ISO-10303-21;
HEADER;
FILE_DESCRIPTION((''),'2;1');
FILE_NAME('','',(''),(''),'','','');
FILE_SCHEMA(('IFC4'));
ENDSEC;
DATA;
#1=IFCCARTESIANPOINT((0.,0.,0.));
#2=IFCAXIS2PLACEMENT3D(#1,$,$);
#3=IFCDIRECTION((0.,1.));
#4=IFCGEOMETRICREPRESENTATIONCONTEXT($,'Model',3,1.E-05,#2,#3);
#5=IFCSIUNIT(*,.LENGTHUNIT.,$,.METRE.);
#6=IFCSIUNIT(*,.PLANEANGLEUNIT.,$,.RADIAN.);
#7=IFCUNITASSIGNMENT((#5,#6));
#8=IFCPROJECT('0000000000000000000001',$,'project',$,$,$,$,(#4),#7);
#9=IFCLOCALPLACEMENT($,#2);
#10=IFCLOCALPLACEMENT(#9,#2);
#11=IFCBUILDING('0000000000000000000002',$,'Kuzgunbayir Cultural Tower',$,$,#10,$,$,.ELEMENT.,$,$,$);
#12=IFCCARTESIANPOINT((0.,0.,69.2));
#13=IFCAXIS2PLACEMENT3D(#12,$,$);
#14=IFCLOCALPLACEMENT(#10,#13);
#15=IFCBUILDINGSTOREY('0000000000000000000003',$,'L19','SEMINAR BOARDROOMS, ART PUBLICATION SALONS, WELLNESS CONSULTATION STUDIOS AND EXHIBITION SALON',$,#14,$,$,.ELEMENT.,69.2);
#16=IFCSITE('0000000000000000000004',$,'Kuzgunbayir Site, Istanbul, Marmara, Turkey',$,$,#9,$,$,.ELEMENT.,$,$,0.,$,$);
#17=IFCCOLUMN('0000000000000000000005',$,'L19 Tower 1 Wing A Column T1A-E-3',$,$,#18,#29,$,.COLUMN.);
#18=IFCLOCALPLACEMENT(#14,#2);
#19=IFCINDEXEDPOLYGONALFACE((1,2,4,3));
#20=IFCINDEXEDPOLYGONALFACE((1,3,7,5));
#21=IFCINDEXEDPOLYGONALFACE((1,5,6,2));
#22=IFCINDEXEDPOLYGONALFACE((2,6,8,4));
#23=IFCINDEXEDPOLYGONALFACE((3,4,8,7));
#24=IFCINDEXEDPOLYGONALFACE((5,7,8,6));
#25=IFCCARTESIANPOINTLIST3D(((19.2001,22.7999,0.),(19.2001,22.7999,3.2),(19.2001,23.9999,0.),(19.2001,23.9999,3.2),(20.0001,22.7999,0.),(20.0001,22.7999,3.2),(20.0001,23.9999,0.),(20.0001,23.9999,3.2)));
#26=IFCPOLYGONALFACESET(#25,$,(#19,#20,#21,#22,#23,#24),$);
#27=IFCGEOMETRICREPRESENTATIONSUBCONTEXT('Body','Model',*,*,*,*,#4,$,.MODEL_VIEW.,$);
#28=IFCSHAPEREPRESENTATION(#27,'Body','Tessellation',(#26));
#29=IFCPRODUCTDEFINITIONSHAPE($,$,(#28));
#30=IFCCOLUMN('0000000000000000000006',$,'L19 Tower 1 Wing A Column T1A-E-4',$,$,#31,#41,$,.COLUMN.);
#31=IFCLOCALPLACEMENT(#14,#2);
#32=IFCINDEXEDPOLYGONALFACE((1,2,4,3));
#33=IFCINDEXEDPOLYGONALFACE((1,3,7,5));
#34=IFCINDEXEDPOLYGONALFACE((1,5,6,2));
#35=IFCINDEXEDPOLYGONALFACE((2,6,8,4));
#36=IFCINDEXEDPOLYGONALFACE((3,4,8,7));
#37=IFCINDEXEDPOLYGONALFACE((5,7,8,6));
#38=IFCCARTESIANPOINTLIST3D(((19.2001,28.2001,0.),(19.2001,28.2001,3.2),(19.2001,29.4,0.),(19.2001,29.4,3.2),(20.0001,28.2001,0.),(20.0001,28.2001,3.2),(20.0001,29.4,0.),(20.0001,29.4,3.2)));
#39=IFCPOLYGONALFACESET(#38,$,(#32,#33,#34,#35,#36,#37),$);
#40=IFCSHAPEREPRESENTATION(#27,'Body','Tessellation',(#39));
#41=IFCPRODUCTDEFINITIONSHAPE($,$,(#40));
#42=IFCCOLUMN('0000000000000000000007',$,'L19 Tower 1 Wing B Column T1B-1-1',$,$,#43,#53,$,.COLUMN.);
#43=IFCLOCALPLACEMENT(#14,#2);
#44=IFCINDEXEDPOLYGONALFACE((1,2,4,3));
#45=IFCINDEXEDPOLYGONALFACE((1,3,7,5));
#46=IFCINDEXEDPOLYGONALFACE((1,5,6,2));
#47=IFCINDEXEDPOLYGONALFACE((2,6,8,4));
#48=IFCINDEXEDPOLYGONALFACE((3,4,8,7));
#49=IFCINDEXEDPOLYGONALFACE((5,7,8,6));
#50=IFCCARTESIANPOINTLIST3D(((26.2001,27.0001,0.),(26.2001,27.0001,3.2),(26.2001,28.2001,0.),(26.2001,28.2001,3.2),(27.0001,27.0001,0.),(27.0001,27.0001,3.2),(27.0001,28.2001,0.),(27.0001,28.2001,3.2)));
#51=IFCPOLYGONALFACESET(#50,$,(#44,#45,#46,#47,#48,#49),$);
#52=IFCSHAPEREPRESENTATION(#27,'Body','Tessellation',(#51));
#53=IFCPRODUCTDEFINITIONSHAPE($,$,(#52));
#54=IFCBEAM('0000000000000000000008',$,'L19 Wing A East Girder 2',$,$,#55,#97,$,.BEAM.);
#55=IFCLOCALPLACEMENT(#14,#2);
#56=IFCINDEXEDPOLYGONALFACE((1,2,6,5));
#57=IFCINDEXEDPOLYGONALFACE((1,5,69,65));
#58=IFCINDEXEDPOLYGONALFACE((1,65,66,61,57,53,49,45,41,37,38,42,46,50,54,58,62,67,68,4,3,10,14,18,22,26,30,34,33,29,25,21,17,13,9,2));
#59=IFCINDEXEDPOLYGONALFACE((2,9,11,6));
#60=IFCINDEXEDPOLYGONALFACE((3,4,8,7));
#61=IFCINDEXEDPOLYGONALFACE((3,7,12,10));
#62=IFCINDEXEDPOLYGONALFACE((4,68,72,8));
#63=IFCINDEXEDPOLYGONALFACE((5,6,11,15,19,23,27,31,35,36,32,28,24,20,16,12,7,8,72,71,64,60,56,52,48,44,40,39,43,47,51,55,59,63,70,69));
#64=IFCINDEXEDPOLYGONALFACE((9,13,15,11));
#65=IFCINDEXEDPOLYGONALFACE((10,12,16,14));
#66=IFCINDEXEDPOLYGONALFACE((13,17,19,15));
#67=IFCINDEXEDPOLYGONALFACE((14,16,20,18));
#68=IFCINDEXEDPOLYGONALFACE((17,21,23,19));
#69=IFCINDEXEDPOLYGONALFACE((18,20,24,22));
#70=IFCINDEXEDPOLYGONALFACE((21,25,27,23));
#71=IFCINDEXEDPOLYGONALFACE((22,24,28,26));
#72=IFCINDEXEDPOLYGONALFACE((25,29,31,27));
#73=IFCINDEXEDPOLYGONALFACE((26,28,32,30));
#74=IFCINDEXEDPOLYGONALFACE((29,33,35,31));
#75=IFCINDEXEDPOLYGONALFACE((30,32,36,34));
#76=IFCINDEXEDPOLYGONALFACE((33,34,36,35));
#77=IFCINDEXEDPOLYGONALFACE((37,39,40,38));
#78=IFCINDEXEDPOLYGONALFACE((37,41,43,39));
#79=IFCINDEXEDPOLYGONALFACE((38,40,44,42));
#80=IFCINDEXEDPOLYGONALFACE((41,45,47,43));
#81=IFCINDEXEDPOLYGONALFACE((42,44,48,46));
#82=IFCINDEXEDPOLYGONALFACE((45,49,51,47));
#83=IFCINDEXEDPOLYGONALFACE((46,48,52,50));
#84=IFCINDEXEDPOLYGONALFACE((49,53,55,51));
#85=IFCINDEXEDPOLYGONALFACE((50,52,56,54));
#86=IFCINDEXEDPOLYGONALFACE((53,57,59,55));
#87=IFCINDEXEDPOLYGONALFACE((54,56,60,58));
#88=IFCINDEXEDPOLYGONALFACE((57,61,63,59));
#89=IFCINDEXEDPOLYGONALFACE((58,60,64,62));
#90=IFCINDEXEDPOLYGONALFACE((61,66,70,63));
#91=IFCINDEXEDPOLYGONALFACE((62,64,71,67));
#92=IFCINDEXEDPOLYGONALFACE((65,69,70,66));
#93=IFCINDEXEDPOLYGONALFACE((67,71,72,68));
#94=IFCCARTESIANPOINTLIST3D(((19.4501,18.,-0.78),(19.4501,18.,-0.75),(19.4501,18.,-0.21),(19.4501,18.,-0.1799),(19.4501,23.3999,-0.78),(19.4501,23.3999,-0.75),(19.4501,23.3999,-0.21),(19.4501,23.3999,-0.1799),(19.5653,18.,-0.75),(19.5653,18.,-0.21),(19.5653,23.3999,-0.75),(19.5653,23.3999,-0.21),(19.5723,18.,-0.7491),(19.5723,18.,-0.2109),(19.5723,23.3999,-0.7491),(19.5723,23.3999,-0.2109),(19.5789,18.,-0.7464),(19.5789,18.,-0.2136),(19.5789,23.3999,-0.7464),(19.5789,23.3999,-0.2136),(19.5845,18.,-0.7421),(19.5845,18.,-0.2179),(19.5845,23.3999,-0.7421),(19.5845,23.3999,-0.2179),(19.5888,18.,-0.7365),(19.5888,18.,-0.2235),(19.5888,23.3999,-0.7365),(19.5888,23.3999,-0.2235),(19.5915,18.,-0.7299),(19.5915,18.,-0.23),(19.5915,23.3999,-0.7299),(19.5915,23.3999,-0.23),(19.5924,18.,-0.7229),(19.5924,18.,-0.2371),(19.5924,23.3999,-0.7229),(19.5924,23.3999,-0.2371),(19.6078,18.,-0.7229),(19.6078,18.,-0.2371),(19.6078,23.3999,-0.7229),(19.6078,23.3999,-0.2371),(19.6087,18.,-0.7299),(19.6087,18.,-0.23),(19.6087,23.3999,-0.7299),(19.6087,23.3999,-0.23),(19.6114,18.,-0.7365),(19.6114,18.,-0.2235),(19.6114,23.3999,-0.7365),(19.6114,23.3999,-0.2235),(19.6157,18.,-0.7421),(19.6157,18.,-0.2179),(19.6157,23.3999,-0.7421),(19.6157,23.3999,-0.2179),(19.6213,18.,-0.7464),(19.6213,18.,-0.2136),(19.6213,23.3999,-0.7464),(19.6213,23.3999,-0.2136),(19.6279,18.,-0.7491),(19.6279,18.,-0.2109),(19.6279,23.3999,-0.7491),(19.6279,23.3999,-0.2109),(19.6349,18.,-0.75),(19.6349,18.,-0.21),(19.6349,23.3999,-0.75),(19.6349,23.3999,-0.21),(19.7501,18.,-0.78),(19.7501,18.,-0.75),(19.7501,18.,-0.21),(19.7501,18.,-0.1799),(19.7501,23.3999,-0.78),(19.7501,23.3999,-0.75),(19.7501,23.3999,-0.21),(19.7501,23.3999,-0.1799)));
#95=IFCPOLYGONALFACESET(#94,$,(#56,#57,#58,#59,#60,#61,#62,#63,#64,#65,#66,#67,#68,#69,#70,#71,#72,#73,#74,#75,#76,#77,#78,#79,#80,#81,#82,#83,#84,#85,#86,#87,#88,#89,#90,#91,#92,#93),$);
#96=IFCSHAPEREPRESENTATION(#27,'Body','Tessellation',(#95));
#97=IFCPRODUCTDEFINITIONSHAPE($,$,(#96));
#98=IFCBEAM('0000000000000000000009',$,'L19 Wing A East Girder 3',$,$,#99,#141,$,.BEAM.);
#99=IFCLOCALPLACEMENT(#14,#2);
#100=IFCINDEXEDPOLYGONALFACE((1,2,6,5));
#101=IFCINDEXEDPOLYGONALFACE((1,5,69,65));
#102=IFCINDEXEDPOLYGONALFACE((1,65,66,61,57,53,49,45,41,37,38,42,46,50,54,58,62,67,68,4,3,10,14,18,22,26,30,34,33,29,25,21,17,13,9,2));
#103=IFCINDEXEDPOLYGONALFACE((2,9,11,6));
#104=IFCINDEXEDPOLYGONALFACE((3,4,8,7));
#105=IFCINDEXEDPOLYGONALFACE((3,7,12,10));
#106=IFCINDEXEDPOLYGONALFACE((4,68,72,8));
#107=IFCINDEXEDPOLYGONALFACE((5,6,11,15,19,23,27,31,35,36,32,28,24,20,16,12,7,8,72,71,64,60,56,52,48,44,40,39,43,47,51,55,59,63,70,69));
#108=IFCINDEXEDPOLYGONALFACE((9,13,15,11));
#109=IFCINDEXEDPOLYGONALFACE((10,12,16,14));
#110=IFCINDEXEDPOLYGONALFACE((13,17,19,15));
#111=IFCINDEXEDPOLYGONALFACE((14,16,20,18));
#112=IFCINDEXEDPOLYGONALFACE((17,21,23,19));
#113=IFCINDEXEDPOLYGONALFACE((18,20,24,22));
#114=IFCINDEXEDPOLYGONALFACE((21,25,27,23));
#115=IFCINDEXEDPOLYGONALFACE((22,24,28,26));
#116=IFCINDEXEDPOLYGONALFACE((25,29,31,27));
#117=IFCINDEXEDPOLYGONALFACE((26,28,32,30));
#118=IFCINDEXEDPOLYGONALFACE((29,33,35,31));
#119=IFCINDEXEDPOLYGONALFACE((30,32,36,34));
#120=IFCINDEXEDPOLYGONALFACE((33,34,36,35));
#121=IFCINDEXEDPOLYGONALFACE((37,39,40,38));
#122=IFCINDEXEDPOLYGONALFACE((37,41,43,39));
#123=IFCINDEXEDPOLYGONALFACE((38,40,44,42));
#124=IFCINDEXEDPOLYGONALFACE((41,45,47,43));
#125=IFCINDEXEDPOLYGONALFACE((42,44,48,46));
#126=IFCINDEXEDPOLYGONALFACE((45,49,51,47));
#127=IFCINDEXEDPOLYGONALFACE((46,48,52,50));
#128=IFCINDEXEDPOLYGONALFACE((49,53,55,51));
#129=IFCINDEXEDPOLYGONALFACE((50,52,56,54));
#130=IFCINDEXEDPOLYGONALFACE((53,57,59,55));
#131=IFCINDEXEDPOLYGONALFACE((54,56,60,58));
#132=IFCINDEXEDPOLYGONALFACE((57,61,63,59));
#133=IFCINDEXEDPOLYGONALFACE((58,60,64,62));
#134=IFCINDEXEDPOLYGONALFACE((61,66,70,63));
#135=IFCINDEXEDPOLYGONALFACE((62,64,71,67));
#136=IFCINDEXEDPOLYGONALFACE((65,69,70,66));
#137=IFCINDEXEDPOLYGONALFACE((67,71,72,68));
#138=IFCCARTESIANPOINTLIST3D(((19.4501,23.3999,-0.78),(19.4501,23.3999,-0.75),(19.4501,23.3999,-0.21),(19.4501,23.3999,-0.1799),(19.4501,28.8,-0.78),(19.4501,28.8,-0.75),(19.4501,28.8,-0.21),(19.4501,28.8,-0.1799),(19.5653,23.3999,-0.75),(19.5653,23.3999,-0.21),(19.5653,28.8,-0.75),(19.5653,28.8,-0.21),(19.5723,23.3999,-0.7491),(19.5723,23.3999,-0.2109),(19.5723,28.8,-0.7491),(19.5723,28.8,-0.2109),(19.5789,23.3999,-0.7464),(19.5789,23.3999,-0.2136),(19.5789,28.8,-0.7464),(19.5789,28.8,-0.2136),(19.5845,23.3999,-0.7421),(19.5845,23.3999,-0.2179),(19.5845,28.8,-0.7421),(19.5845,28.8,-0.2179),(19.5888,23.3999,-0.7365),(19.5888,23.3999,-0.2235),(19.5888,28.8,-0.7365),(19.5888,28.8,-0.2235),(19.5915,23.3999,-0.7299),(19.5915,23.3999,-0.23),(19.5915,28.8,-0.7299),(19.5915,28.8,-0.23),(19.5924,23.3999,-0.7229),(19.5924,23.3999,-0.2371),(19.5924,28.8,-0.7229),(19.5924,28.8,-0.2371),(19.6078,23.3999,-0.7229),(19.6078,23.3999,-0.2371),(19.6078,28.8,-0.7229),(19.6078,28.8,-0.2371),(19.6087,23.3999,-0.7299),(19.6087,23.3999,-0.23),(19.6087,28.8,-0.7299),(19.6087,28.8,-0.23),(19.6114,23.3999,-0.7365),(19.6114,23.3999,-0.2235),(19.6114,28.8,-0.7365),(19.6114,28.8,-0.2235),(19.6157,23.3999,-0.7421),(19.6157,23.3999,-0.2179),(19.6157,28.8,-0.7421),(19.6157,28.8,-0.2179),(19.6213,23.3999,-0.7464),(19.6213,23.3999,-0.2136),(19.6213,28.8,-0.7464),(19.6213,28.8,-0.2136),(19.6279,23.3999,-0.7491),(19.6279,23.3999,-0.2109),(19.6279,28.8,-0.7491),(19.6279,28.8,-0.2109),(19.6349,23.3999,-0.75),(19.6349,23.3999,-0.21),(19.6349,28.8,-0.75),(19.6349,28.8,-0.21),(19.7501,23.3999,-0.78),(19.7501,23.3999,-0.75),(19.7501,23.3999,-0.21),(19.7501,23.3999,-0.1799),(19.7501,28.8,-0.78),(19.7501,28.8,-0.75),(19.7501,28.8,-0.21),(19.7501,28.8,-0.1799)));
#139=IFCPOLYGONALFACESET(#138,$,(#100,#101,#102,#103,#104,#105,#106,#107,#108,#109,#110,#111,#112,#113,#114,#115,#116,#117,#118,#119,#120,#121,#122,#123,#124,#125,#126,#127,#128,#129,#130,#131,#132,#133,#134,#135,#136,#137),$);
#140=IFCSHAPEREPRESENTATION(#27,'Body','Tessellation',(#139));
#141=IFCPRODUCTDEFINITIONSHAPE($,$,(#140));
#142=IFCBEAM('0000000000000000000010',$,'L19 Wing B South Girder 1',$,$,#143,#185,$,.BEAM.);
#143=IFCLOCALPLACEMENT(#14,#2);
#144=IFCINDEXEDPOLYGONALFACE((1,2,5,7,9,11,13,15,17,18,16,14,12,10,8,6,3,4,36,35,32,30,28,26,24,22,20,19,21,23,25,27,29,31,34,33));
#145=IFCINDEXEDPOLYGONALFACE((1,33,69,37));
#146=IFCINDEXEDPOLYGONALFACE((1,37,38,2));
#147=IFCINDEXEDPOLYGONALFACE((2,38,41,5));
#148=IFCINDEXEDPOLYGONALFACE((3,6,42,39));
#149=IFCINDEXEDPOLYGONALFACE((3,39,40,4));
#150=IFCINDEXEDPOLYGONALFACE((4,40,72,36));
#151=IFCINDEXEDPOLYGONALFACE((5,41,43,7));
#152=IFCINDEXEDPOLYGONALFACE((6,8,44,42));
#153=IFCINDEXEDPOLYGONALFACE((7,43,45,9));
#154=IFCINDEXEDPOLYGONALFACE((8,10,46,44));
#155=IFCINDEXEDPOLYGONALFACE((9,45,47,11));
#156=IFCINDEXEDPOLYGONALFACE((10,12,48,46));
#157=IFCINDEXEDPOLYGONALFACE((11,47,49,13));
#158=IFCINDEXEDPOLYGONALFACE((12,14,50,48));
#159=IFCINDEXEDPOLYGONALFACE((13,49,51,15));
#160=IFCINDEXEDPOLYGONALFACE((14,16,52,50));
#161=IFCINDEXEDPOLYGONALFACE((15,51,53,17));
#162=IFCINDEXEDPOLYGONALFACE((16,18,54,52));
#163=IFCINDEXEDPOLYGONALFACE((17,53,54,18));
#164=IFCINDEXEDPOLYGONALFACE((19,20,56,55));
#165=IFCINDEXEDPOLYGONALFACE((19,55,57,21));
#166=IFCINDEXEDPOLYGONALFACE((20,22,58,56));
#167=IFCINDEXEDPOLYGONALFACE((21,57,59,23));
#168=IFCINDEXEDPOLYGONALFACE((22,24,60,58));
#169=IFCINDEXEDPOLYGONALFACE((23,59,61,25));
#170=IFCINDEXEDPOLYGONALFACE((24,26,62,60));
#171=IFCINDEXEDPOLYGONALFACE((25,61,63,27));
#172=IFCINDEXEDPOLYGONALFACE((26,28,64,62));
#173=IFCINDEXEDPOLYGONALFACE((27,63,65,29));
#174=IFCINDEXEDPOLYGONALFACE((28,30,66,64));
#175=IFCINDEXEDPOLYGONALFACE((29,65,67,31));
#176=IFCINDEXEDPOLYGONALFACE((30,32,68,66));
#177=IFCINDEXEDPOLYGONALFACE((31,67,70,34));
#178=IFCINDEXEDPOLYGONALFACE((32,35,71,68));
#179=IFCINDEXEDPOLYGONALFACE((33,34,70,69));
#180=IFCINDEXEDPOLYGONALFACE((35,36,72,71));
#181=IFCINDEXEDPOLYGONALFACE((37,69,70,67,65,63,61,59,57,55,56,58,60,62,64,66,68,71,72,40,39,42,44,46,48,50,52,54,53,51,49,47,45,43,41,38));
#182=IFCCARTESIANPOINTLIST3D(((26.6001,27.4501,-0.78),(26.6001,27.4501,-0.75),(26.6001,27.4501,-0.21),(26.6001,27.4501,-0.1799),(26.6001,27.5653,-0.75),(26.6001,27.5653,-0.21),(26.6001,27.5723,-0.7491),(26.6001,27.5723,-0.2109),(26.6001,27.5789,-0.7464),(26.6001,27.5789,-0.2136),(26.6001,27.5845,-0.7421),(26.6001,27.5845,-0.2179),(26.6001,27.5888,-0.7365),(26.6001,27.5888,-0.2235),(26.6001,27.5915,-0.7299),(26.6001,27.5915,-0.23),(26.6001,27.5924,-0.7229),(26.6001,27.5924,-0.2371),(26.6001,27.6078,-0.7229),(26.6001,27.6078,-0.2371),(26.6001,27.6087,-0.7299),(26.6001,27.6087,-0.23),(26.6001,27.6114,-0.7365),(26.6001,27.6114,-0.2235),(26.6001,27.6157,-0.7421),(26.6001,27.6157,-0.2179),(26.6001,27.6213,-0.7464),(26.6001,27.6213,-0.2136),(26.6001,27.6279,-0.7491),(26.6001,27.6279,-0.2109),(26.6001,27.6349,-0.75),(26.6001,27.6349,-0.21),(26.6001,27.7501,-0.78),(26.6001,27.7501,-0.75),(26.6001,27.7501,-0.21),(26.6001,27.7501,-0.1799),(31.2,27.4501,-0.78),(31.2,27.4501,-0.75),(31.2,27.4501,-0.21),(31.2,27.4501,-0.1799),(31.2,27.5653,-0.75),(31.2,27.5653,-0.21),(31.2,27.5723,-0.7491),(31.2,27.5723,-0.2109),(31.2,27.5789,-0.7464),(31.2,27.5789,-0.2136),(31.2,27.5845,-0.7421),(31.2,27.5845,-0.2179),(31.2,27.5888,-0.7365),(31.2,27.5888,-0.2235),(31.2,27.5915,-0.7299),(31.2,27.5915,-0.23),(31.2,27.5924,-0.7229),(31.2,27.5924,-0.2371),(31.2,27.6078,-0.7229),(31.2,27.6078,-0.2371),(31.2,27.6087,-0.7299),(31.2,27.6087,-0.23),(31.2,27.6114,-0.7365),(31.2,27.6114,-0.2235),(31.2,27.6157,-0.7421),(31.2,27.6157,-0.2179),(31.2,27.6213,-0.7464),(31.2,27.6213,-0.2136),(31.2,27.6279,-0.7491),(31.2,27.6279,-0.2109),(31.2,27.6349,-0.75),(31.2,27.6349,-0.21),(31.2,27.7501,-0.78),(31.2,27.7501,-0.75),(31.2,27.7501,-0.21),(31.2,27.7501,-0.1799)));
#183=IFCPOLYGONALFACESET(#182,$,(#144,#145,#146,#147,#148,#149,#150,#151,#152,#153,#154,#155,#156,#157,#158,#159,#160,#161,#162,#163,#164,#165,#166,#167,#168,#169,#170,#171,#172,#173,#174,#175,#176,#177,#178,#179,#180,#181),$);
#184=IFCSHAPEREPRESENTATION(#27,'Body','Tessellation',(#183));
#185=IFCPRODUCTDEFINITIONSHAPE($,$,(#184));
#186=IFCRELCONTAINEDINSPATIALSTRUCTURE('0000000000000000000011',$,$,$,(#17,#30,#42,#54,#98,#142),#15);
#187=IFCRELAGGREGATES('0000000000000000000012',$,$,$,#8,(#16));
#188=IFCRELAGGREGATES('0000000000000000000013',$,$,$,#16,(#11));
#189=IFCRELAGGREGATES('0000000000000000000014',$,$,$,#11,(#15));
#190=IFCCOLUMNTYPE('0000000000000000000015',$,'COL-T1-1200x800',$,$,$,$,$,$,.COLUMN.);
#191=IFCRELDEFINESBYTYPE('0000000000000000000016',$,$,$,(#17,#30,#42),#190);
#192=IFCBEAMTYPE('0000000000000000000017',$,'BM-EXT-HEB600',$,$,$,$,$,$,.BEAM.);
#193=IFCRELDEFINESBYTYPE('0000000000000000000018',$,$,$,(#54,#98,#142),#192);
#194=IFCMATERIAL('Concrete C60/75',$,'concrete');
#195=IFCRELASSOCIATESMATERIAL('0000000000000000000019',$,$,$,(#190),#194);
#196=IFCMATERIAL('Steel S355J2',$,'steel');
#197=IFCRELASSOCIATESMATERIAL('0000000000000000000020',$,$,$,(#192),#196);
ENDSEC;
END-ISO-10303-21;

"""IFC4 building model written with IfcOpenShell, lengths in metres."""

from ifc_helpers import new_model, si_unit, direction, frame, origin, origin_2d, place, context, subcontext, project, spatial, rectangle, i_section, extrude, material, material_profile, profile_set, type_object, element, save


model = new_model("IFC4")

# Units and contexts
model_context = context("Model", 3, precision=1e-05, world=origin(), true_north=direction((0.0, 1.0)))
body_context = subcontext(model_context, "Body", "Model", "MODEL_VIEW")
ifc_project = project(units=[si_unit("LENGTHUNIT", "METRE"), si_unit("PLANEANGLEUNIT", "RADIAN")], contexts=[model_context])

# Site, building, storey
site_placement = place(None, origin())
site = spatial("IfcSite", under=ifc_project, at=site_placement, Name="Kuzgunbayir Site, Istanbul, Marmara, Turkey", CompositionType="ELEMENT", RefElevation=0.0)
building_placement = place(site_placement, origin())
building = spatial("IfcBuilding", under=site, at=building_placement, Name="Kuzgunbayir Cultural Tower", CompositionType="ELEMENT")
storey_placement = place(building_placement, frame((0.0, 0.0, 69.2)))
storey = spatial("IfcBuildingStorey", under=building, at=storey_placement, Name="L19", Description="SEMINAR BOARDROOMS, ART PUBLICATION SALONS, WELLNESS CONSULTATION STUDIOS AND EXHIBITION SALON", CompositionType="ELEMENT", Elevation=69.2)

# Columns
ifc_material_1 = material(Name="Concrete C60/75", Category="concrete")
ifc_material_profile_1 = material_profile(ifc_material_1, rectangle(XDim=0.8, YDim=1.2, at=origin_2d()), Name="RC 1200x800")
ifc_profile_set_1 = profile_set([ifc_material_profile_1], Name="Concrete C60/75")
column_type = type_object("IfcColumnType", Name="COL-T1-1200x800", PredefinedType="COLUMN", material=ifc_profile_set_1)
for number, where, z_axis, x_axis, name in (
    (1, (19.6001, 23.3999, 0.0), (0.0, 0.0, 1.0), (1.0, 0.0, 0.0), "L19 Tower 1 Wing A Column T1A-E-3"),
    (2, (19.6001, 28.8, 0.0), (0.0, 0.0, 1.0), (1.0, 0.0, 0.0), "L19 Tower 1 Wing A Column T1A-E-4"),
    (3, (26.6001, 27.6001, 0.0), (0.0, 0.0, 1.0), (1.0, 0.0, 0.0), "L19 Tower 1 Wing B Column T1B-1-1"),
):
    element("IfcColumn", number, at=place(storey_placement, frame(where, z_axis=z_axis, x_axis=x_axis)), inside=storey, type_object=column_type, Name=name, PredefinedType="COLUMN", context=body_context, shape_type="SweptSolid", body=[
        extrude(rectangle(XDim=0.8, YDim=1.2, at=origin_2d()), origin(), (0.0, 0.0, 1.0), 3.2),
    ])

# Beams
ifc_material_2 = material(Name="Steel S355J2", Category="steel")
ifc_material_profile_2 = material_profile(ifc_material_2, i_section(OverallWidth=0.3, OverallDepth=0.6001, WebThickness=0.0154, FlangeThickness=0.03, FilletRadius=0.0271, at=origin_2d()), Name="HEB 600")
ifc_profile_set_2 = profile_set([ifc_material_profile_2], Name="Steel S355J2")
beam_type_1 = type_object("IfcBeamType", Name="BM-EXT-HEB600", PredefinedType="BEAM", material=ifc_profile_set_2)
beam_1_placement = place(storey_placement, frame((19.6001, 18.0, -0.48), z_axis=(0.0, 1.0, 0.0), x_axis=(-1.0, 0.0, 0.0)))
element("IfcBeam", 4, at=beam_1_placement, inside=storey, type_object=beam_type_1, Name="L19 Wing A East Girder 2", PredefinedType="BEAM", context=body_context, shape_type="SweptSolid", body=[
    extrude(i_section(OverallWidth=0.3, OverallDepth=0.6001, WebThickness=0.0154, FlangeThickness=0.03, FilletRadius=0.0271, at=origin_2d()), origin(), (0.0, 0.0, 1.0), 5.3999),
])
beam_2_placement = place(storey_placement, frame((19.6001, 23.3999, -0.48), z_axis=(0.0, 1.0, 0.0), x_axis=(-1.0, 0.0, 0.0)))
element("IfcBeam", 5, at=beam_2_placement, inside=storey, type_object=beam_type_1, Name="L19 Wing A East Girder 3", PredefinedType="BEAM", context=body_context, shape_type="SweptSolid", body=[
    extrude(i_section(OverallWidth=0.3, OverallDepth=0.6001, WebThickness=0.0154, FlangeThickness=0.03, FilletRadius=0.0271, at=origin_2d()), origin(), (0.0, 0.0, 1.0), 5.4001),
])
beam_3_placement = place(storey_placement, frame((26.6001, 27.6001, -0.48), z_axis=(1.0, 0.0, 0.0), x_axis=(0.0, 1.0, 0.0)))
element("IfcBeam", 6, at=beam_3_placement, inside=storey, type_object=beam_type_1, Name="L19 Wing B South Girder 1", PredefinedType="BEAM", context=body_context, shape_type="SweptSolid", body=[
    extrude(i_section(OverallWidth=0.3, OverallDepth=0.6001, WebThickness=0.0154, FlangeThickness=0.03, FilletRadius=0.0271, at=origin_2d()), origin(), (0.0, 0.0, 1.0), 4.5999),
])

save(model, "model.ifc")
